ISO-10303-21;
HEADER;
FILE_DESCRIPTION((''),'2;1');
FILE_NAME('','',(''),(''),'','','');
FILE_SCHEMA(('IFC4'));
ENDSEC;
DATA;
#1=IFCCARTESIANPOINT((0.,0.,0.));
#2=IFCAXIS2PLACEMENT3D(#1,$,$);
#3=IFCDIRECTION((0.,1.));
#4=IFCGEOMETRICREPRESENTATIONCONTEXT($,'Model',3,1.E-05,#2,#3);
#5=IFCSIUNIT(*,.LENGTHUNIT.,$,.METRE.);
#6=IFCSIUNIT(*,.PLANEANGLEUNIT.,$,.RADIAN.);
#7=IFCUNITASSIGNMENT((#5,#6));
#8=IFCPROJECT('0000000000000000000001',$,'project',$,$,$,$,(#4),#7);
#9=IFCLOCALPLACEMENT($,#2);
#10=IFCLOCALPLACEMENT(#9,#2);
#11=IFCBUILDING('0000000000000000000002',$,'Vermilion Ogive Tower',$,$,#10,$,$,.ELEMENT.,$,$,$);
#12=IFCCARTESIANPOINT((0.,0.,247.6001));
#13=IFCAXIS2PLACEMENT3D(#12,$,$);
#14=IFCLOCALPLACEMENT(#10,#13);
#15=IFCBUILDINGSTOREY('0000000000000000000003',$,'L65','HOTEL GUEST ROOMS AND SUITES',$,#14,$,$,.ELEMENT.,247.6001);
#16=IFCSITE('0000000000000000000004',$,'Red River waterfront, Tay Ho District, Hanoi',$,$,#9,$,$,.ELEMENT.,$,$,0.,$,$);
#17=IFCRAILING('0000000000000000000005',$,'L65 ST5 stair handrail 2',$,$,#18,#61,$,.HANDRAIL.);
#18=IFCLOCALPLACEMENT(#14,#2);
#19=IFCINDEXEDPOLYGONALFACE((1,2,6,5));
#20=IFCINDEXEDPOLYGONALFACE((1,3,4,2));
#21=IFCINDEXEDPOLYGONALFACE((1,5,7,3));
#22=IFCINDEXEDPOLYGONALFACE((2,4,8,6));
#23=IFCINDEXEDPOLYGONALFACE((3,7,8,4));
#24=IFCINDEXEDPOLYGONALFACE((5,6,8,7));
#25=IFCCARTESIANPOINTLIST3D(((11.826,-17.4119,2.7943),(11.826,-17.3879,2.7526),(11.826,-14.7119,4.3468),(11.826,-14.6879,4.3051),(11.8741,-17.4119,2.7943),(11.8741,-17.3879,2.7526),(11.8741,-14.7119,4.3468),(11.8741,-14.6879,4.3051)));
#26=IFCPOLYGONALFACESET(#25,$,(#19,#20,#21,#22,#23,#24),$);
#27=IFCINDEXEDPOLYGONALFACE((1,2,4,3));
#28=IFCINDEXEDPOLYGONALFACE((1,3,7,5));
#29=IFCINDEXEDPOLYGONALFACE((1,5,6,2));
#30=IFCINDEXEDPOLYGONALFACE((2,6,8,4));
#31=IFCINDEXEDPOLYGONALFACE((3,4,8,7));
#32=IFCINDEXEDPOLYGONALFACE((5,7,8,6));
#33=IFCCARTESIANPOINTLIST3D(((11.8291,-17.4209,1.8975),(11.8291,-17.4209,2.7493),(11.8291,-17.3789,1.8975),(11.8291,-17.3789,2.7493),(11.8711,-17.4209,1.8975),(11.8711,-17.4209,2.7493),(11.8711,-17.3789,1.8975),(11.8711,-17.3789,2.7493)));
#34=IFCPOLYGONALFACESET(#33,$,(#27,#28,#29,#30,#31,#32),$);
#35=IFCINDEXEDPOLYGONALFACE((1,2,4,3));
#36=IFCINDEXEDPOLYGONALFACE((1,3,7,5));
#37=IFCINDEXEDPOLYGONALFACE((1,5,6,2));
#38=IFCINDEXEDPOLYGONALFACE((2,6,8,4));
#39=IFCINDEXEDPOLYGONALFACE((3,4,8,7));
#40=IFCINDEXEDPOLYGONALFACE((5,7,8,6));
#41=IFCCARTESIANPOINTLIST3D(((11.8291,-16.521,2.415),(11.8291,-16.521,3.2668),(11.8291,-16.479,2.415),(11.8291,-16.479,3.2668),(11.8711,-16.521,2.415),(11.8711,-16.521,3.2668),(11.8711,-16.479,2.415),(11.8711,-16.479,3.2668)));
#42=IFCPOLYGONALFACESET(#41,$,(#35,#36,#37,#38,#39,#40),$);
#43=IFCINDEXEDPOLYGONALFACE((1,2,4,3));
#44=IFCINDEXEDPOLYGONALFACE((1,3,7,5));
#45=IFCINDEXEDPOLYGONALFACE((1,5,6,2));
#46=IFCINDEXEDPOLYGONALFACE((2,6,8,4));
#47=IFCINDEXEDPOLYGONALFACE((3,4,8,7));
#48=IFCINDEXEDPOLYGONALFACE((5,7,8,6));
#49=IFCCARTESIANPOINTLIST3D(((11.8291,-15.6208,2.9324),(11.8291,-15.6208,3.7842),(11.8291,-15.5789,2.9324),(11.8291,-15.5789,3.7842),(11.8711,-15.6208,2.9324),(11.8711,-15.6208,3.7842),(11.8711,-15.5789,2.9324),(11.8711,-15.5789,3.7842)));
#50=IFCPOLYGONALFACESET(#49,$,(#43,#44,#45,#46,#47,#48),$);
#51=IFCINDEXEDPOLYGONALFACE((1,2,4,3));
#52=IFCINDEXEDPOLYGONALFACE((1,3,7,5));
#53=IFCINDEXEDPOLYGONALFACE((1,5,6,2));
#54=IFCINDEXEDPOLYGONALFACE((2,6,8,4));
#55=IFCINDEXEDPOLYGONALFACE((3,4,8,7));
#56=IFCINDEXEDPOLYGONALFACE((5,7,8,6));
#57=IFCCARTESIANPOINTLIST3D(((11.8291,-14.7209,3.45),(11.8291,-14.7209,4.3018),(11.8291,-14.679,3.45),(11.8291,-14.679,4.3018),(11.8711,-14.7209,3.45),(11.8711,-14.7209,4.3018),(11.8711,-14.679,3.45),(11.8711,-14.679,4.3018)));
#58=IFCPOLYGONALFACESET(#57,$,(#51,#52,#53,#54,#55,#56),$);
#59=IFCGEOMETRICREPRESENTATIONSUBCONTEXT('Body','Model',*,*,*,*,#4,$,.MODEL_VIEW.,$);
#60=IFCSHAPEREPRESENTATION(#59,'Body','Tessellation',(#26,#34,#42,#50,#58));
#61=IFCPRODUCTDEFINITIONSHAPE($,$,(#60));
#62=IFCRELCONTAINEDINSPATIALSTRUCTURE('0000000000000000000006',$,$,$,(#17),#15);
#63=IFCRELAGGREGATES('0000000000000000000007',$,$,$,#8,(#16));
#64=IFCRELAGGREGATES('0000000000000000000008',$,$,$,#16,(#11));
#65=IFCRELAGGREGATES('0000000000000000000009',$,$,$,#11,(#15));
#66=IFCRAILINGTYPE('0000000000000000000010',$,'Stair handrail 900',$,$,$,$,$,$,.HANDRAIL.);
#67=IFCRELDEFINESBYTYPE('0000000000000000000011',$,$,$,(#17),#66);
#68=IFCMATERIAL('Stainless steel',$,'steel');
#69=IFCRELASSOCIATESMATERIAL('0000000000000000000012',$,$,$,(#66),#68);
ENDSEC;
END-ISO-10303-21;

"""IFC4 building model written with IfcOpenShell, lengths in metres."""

from ifc_helpers import new_model, si_unit, direction, frame, origin, origin_2d, place, context, subcontext, project, spatial, rectangle, extrude, material, type_object, element, save


model = new_model("IFC4")

# Units and contexts
model_context = context("Model", 3, precision=1e-05, world=origin(), true_north=direction((0.0, 1.0)))
body_context = subcontext(model_context, "Body", "Model", "MODEL_VIEW")
ifc_project = project(units=[si_unit("LENGTHUNIT", "METRE"), si_unit("PLANEANGLEUNIT", "RADIAN")], contexts=[model_context])

# Site, building, storey
site_placement = place(None, origin())
site = spatial("IfcSite", under=ifc_project, at=site_placement, Name="Red River waterfront, Tay Ho District, Hanoi", CompositionType="ELEMENT", RefElevation=0.0)
building_placement = place(site_placement, origin())
building = spatial("IfcBuilding", under=site, at=building_placement, Name="Vermilion Ogive Tower", CompositionType="ELEMENT")
storey_placement = place(building_placement, frame((0.0, 0.0, 247.6001)))
storey = spatial("IfcBuildingStorey", under=building, at=storey_placement, Name="L65", Description="HOTEL GUEST ROOMS AND SUITES", CompositionType="ELEMENT", Elevation=247.6001)

# Railing
ifc_material_1 = material(Name="Stainless steel", Category="steel")
railing_type_1 = type_object("IfcRailingType", Name="Stair handrail 900", PredefinedType="HANDRAIL", material=ifc_material_1)
railing_1_placement = place(storey_placement, frame((11.8501, -17.3999, 1.8975)))
element("IfcRailing", 1, at=railing_1_placement, inside=storey, type_object=railing_type_1, Name="L65 ST5 stair handrail 2", PredefinedType="HANDRAIL", context=body_context, shape_type="SweptSolid", body=[
    extrude(rectangle(XDim=0.0481, YDim=0.0481, at=origin_2d()), frame((0.0, 0.0, 0.876), z_axis=(0.0, 0.866904, 0.498476), x_axis=(-1.0, 0.0, 0.0)), (0.0, 0.0, 1.0), 3.1145),
    extrude(rectangle(XDim=0.042, YDim=0.042, at=origin_2d()), origin(), (0.0, 0.0, 1.0), 0.8518),
    extrude(rectangle(XDim=0.042, YDim=0.042, at=origin_2d()), frame((0.0, 0.8999, 0.5176)), (0.0, 0.0, 1.0), 0.8518),
    extrude(rectangle(XDim=0.042, YDim=0.042, at=origin_2d()), frame((0.0, 1.8, 1.0349)), (0.0, 0.0, 1.0), 0.8518),
    extrude(rectangle(XDim=0.042, YDim=0.042, at=origin_2d()), frame((0.0, 2.7, 1.5525)), (0.0, 0.0, 1.0), 0.8518),
])

save(model, "model.ifc")
